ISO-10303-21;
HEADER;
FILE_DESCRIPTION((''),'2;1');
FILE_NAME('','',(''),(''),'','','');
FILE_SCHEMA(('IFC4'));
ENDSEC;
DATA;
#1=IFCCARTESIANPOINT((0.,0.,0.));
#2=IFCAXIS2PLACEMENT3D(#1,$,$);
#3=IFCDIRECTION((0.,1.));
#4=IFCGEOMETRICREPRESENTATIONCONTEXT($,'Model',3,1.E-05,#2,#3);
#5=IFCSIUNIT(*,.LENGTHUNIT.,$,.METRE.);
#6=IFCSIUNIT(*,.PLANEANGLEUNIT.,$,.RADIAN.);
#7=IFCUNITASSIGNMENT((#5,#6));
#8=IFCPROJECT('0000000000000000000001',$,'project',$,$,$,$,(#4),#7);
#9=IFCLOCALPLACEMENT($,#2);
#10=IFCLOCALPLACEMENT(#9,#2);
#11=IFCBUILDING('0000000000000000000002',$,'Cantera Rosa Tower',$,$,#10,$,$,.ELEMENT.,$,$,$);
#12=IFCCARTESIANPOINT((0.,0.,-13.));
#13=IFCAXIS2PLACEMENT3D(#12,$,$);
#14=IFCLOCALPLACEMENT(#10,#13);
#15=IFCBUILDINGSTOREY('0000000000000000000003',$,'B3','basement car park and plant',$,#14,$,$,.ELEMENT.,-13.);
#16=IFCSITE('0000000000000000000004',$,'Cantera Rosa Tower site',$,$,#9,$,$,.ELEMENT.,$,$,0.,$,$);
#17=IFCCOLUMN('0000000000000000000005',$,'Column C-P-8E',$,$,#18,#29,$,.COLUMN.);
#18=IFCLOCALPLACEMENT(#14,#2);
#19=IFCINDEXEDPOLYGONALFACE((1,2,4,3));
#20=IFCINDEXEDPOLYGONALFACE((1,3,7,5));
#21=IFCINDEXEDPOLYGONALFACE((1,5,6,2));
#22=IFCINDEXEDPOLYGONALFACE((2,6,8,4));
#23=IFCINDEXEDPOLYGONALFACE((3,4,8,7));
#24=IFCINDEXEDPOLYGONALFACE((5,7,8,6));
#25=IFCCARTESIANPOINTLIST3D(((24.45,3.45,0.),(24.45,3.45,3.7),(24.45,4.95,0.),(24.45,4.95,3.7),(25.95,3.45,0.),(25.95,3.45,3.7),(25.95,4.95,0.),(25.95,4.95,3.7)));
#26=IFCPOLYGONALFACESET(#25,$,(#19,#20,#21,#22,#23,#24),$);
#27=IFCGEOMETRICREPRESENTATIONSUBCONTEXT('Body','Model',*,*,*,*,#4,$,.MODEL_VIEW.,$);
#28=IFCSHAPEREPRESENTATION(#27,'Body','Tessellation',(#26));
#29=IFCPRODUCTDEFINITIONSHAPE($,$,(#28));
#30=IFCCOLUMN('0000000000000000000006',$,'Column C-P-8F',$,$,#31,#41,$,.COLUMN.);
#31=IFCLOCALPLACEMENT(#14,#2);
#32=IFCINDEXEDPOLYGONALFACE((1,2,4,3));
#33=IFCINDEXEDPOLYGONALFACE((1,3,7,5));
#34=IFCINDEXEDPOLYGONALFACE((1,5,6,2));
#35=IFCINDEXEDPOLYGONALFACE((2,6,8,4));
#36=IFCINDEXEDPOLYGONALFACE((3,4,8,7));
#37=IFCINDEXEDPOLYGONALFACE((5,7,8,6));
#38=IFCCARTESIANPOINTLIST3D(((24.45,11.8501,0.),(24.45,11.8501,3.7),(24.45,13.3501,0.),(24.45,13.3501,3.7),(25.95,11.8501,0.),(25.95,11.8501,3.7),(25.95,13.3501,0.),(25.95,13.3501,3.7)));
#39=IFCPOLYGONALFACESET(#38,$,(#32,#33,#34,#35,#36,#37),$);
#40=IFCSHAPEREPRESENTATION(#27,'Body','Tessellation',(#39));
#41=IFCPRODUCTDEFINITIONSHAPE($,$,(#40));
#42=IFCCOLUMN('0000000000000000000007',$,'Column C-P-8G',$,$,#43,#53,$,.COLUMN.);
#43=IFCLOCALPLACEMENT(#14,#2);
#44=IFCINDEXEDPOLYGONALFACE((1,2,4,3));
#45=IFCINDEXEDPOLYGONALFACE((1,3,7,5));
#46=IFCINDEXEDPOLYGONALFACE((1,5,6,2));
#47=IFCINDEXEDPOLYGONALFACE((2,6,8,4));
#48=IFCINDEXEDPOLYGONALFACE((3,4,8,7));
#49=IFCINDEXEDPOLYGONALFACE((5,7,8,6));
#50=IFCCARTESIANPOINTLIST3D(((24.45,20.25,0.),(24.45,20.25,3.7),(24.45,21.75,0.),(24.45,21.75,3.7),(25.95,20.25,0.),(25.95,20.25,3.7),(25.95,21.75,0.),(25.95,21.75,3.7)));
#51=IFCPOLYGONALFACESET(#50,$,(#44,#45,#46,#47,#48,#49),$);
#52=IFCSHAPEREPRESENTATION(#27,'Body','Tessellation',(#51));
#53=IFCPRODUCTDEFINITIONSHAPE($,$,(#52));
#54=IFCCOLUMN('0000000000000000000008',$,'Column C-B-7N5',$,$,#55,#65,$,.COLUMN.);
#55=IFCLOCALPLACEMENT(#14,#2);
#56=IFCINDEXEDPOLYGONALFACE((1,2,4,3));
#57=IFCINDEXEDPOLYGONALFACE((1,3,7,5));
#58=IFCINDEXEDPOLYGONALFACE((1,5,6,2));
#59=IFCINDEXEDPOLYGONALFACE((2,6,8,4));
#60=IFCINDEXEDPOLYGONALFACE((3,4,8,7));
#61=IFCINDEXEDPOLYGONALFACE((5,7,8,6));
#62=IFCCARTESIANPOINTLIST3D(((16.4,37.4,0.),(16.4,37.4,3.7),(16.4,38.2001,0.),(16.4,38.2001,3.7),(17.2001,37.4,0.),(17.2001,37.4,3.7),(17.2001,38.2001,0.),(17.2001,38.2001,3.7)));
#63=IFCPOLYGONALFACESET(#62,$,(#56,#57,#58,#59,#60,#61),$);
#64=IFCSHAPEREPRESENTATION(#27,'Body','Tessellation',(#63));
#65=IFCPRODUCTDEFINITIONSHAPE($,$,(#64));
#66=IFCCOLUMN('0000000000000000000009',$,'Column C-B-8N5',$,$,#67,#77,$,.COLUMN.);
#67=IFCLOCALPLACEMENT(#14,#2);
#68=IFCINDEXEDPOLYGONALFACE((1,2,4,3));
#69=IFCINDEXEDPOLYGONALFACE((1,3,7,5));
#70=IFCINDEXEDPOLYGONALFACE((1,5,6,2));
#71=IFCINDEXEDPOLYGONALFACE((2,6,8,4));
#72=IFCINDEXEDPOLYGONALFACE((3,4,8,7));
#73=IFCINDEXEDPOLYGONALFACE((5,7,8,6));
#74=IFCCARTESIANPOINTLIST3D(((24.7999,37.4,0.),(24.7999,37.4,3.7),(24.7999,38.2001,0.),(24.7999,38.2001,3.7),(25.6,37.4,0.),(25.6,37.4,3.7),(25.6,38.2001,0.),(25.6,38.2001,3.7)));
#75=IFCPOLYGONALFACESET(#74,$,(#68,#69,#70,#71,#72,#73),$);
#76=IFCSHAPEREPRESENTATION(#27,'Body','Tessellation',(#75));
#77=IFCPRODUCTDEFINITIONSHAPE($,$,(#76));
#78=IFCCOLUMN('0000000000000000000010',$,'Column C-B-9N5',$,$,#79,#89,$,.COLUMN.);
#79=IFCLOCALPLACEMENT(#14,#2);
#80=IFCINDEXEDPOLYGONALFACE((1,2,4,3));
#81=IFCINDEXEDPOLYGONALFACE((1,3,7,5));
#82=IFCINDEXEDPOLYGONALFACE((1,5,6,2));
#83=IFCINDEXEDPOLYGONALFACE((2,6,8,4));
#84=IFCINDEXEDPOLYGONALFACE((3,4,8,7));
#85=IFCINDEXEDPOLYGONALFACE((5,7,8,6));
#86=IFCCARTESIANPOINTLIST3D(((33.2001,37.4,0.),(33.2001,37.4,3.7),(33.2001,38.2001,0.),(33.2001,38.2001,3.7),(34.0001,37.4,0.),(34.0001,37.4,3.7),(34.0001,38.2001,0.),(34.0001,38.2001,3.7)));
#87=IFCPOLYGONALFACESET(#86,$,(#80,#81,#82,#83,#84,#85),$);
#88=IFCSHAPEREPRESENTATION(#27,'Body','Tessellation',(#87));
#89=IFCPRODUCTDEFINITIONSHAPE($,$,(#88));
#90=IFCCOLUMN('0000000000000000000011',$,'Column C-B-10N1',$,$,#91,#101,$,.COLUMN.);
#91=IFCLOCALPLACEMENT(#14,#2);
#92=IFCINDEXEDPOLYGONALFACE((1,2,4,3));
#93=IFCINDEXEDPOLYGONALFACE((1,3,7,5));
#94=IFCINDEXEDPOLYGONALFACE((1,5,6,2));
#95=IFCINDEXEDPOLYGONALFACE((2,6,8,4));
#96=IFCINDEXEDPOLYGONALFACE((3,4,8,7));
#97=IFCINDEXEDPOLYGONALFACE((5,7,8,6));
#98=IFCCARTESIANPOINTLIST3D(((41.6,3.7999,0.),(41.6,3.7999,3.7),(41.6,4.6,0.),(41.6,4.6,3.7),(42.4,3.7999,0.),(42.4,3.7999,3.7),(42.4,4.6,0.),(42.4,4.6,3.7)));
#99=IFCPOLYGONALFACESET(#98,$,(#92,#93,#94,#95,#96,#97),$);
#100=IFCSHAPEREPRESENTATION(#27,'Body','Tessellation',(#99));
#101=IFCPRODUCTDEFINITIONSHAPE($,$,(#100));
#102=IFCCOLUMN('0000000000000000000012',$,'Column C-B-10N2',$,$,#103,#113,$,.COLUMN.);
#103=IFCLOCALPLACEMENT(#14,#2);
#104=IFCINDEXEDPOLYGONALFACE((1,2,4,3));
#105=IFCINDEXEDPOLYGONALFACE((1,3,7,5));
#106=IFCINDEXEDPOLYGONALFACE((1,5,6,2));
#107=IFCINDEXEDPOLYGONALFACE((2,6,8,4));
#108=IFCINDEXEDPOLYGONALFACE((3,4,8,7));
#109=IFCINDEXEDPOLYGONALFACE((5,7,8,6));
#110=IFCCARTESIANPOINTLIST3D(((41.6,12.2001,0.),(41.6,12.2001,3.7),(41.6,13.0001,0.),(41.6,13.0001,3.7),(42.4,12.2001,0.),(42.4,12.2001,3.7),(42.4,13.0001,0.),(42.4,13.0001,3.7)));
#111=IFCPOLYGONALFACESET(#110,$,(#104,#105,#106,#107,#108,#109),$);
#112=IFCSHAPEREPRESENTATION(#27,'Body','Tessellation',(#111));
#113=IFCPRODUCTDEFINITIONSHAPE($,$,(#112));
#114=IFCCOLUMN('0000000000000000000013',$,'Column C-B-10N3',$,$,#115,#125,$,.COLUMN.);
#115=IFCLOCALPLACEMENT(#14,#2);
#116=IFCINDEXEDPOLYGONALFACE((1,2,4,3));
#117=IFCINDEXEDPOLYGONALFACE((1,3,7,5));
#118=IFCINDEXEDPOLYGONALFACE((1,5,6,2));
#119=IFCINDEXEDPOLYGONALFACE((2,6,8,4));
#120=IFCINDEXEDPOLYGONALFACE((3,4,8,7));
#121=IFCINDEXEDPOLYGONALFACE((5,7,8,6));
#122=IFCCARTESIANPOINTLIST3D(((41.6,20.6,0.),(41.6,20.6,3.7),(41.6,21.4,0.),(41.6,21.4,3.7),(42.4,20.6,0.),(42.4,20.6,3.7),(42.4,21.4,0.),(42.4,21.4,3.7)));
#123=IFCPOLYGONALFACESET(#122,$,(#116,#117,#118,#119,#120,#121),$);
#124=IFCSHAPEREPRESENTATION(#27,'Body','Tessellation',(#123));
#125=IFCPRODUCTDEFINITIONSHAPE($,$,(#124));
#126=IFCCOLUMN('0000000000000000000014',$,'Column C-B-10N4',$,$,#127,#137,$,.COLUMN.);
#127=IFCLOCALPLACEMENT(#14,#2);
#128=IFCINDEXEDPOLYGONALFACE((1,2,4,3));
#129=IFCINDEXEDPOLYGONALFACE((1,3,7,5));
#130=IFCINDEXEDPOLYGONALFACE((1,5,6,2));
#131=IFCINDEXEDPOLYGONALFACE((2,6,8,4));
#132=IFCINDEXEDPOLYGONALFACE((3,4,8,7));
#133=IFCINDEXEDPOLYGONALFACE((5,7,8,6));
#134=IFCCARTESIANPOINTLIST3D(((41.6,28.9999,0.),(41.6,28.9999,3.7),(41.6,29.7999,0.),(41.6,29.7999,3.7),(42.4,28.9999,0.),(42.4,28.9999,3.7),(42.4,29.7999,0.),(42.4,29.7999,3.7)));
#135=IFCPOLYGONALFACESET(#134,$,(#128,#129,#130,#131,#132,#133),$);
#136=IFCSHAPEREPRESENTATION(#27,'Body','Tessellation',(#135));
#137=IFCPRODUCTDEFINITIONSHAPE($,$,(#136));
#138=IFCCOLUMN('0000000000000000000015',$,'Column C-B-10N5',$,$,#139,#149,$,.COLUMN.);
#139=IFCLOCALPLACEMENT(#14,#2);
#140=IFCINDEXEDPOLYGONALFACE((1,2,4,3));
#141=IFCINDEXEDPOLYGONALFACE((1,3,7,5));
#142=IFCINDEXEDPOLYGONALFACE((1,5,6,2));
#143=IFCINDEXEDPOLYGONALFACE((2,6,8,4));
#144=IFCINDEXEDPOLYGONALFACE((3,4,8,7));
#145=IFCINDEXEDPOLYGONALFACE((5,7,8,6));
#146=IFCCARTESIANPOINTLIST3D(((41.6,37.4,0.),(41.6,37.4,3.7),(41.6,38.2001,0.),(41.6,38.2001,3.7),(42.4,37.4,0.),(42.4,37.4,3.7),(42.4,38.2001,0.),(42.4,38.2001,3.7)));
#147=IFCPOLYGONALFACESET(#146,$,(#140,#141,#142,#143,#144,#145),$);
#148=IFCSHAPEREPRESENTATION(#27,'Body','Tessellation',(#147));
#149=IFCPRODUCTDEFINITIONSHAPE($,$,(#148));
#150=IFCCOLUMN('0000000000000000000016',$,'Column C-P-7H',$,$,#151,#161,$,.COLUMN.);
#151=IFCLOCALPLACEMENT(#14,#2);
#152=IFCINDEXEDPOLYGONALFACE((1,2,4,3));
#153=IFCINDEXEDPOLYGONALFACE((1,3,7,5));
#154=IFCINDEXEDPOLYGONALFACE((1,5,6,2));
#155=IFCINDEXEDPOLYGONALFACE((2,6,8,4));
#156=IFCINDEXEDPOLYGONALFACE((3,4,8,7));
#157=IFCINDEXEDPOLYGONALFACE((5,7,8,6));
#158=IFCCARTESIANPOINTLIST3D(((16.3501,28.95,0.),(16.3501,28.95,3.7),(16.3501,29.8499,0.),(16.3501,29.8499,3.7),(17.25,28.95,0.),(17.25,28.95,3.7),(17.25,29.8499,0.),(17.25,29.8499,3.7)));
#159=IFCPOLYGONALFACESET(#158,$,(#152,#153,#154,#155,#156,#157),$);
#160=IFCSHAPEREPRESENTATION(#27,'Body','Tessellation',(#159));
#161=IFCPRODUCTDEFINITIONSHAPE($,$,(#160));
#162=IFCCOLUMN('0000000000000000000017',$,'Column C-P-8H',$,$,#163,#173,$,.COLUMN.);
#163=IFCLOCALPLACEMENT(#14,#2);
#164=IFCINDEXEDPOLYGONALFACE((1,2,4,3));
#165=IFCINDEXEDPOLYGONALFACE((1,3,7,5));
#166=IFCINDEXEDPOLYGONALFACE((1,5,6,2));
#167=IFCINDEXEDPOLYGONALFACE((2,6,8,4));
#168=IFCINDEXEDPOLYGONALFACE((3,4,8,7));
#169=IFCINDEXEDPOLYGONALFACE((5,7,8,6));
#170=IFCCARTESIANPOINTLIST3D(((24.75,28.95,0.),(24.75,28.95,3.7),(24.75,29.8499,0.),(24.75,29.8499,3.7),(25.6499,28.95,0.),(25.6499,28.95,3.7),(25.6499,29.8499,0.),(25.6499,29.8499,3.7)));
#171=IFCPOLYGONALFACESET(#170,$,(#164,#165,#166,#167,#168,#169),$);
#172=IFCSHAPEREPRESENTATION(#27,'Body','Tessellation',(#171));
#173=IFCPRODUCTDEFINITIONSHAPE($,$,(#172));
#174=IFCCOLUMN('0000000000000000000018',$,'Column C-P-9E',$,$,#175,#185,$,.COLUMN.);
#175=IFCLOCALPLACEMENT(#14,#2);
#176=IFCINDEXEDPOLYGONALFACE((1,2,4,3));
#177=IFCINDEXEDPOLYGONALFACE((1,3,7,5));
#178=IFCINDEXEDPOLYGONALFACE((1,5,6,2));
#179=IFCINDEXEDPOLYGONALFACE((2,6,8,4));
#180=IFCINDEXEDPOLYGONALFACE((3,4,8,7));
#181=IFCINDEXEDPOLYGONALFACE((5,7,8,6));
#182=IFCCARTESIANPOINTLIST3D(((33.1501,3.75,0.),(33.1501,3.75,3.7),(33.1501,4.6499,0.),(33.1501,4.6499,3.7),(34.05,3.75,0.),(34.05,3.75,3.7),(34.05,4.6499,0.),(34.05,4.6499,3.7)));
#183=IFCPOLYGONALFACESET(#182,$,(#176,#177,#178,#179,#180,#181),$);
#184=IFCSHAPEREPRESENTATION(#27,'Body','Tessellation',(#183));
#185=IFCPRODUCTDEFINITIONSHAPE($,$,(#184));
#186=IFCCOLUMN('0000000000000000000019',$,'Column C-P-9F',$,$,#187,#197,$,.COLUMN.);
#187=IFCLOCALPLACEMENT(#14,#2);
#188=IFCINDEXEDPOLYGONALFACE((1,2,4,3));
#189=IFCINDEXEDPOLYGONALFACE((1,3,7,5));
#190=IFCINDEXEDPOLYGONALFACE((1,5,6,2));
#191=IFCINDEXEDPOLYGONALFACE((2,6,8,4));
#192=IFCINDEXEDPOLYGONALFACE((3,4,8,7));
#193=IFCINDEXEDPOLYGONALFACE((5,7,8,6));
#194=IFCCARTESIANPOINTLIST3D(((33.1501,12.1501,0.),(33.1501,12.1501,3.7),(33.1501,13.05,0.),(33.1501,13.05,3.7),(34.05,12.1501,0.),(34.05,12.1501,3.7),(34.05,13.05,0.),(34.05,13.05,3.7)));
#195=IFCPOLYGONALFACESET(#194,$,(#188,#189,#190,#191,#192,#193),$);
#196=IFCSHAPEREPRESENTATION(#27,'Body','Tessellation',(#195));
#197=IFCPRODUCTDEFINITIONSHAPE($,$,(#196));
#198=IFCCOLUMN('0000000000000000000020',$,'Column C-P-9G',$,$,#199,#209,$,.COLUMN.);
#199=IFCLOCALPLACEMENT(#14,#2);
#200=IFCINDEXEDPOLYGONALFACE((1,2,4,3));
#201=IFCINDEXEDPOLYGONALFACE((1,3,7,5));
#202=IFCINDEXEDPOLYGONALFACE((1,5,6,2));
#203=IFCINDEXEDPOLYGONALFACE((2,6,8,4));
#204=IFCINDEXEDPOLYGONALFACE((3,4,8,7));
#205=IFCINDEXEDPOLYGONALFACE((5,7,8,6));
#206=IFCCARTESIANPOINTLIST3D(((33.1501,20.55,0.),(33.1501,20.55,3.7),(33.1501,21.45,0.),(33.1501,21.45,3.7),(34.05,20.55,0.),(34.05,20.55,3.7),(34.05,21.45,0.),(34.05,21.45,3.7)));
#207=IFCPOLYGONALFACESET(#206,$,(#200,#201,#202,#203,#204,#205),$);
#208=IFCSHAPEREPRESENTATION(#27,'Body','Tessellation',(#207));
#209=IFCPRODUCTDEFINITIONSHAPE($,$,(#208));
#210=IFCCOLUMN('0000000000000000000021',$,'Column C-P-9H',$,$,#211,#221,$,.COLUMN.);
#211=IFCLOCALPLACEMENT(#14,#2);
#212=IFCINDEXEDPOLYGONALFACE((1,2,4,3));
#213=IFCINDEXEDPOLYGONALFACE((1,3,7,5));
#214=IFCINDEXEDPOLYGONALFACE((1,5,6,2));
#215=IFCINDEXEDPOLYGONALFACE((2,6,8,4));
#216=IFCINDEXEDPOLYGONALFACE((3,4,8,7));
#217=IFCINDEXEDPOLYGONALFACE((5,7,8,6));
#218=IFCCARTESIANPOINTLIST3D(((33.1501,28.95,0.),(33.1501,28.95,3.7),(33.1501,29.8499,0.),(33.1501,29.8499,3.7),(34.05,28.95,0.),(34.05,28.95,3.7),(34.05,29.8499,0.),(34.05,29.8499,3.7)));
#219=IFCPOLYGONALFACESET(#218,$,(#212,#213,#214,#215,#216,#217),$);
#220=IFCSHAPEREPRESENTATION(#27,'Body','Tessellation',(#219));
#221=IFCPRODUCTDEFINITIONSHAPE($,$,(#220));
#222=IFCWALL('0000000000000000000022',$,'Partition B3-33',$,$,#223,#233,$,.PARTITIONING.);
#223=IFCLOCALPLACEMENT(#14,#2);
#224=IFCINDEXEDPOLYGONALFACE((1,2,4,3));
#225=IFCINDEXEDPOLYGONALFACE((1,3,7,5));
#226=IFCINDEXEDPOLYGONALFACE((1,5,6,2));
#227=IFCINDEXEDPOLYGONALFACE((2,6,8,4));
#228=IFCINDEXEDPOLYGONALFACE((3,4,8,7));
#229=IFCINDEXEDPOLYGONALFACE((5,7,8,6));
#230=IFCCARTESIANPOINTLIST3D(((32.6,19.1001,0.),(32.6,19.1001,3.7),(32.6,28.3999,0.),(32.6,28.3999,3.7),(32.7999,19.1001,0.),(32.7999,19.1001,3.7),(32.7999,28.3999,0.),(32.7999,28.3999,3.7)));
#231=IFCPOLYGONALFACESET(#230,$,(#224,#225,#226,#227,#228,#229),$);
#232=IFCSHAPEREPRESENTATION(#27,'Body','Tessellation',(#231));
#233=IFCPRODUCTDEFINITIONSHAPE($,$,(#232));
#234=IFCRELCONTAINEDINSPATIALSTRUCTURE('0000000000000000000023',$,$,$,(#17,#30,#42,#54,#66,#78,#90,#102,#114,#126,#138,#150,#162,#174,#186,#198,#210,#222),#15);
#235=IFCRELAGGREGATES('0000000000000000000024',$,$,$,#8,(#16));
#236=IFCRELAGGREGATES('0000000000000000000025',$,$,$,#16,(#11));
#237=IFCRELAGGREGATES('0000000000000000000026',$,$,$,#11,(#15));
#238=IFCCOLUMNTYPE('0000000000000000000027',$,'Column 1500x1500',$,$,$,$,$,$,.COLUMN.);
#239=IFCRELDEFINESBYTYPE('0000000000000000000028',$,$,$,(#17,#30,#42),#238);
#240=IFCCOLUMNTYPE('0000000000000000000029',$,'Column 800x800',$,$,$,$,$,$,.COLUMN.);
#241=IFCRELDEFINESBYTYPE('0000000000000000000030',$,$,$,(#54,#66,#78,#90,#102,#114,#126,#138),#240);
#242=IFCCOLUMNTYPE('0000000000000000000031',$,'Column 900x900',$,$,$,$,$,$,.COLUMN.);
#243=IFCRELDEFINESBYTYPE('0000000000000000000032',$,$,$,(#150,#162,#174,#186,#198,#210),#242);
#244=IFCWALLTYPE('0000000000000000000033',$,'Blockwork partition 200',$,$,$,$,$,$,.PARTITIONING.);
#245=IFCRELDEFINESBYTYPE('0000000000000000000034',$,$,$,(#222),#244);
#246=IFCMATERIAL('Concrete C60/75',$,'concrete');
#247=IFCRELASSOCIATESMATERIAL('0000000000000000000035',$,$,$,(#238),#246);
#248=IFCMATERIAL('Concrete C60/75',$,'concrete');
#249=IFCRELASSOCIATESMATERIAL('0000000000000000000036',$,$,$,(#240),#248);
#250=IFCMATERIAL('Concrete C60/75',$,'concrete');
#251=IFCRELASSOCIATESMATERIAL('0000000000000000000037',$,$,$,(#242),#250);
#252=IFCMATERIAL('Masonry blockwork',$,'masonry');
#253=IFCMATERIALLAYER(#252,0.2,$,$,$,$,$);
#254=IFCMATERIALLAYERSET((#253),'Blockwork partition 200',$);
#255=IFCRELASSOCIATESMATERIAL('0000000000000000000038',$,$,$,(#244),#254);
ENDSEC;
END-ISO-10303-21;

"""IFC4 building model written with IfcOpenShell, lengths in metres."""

from ifc_helpers import new_model, si_unit, direction, frame, frame_2d, origin, origin_2d, place, context, subcontext, project, spatial, rectangle, extrude, material, layer, layer_set, material_profile, profile_set, type_object, element, save


model = new_model("IFC4")

# Units and contexts
model_context = context("Model", 3, precision=1e-05, world=origin(), true_north=direction((0.0, 1.0)))
body_context = subcontext(model_context, "Body", "Model", "MODEL_VIEW")
ifc_project = project(units=[si_unit("LENGTHUNIT", "METRE"), si_unit("PLANEANGLEUNIT", "RADIAN")], contexts=[model_context])

# Site, building, storey
site_placement = place(None, origin())
site = spatial("IfcSite", under=ifc_project, at=site_placement, Name="Cantera Rosa Tower site", CompositionType="ELEMENT", RefElevation=0.0)
building_placement = place(site_placement, origin())
building = spatial("IfcBuilding", under=site, at=building_placement, Name="Cantera Rosa Tower", CompositionType="ELEMENT")
storey_placement = place(building_placement, frame((0.0, 0.0, -13.0)))
storey = spatial("IfcBuildingStorey", under=building, at=storey_placement, Name="B3", Description="basement car park and plant", CompositionType="ELEMENT", Elevation=-13.0)

# Columns
ifc_material_1 = material(Name="Concrete C60/75", Category="concrete")
ifc_material_profile_1 = material_profile(ifc_material_1, rectangle(XDim=1.5, YDim=1.5, at=origin_2d()), Name="Column 1500x1500")
ifc_profile_set_1 = profile_set([ifc_material_profile_1], Name="Concrete C60/75")
column_type_1 = type_object("IfcColumnType", Name="Column 1500x1500", PredefinedType="COLUMN", material=ifc_profile_set_1)
for number, where, z_axis, x_axis, name in (
    (1, (25.2, 4.2, 0.0), (0.0, 0.0, 1.0), (1.0, 0.0, 0.0), "Column C-P-8E"),
    (2, (25.2, 12.6001, 0.0), (0.0, 0.0, 1.0), (1.0, 0.0, 0.0), "Column C-P-8F"),
    (3, (25.2, 21.0, 0.0), (0.0, 0.0, 1.0), (1.0, 0.0, 0.0), "Column C-P-8G"),
):
    element("IfcColumn", number, at=place(storey_placement, frame(where, z_axis=z_axis, x_axis=x_axis)), inside=storey, type_object=column_type_1, Name=name, PredefinedType="COLUMN", context=body_context, shape_type="SweptSolid", body=[
        extrude(rectangle(XDim=1.5, YDim=1.5, at=origin_2d()), origin(), (0.0, 0.0, 1.0), 3.7),
    ])
ifc_material_2 = material(Name="Concrete C60/75", Category="concrete")
ifc_material_profile_2 = material_profile(ifc_material_2, rectangle(XDim=0.8, YDim=0.8, at=origin_2d()), Name="Column 800x800")
ifc_profile_set_2 = profile_set([ifc_material_profile_2], Name="Concrete C60/75")
column_type_2 = type_object("IfcColumnType", Name="Column 800x800", PredefinedType="COLUMN", material=ifc_profile_set_2)
for number, where, z_axis, x_axis, name in (
    (4, (16.8, 37.8, 0.0), (0.0, 0.0, 1.0), (1.0, 0.0, 0.0), "Column C-B-7N5"),
    (5, (25.2, 37.8, 0.0), (0.0, 0.0, 1.0), (1.0, 0.0, 0.0), "Column C-B-8N5"),
    (6, (33.6001, 37.8, 0.0), (0.0, 0.0, 1.0), (1.0, 0.0, 0.0), "Column C-B-9N5"),
    (7, (42.0, 4.2, 0.0), (0.0, 0.0, 1.0), (1.0, 0.0, 0.0), "Column C-B-10N1"),
    (8, (42.0, 12.6001, 0.0), (0.0, 0.0, 1.0), (1.0, 0.0, 0.0), "Column C-B-10N2"),
    (9, (42.0, 21.0, 0.0), (0.0, 0.0, 1.0), (1.0, 0.0, 0.0), "Column C-B-10N3"),
    (10, (42.0, 29.3999, 0.0), (0.0, 0.0, 1.0), (1.0, 0.0, 0.0), "Column C-B-10N4"),
    (11, (42.0, 37.8, 0.0), (0.0, 0.0, 1.0), (1.0, 0.0, 0.0), "Column C-B-10N5"),
):
    element("IfcColumn", number, at=place(storey_placement, frame(where, z_axis=z_axis, x_axis=x_axis)), inside=storey, type_object=column_type_2, Name=name, PredefinedType="COLUMN", context=body_context, shape_type="SweptSolid", body=[
        extrude(rectangle(XDim=0.8, YDim=0.8, at=origin_2d()), origin(), (0.0, 0.0, 1.0), 3.7),
    ])
ifc_material_3 = material(Name="Concrete C60/75", Category="concrete")
ifc_material_profile_3 = material_profile(ifc_material_3, rectangle(XDim=0.8999, YDim=0.8999, at=origin_2d()), Name="Column 900x900")
ifc_profile_set_3 = profile_set([ifc_material_profile_3], Name="Concrete C60/75")
column_type_3 = type_object("IfcColumnType", Name="Column 900x900", PredefinedType="COLUMN", material=ifc_profile_set_3)
for number, where, z_axis, x_axis, name in (
    (12, (16.8, 29.3999, 0.0), (0.0, 0.0, 1.0), (1.0, 0.0, 0.0), "Column C-P-7H"),
    (13, (25.2, 29.3999, 0.0), (0.0, 0.0, 1.0), (1.0, 0.0, 0.0), "Column C-P-8H"),
    (14, (33.6001, 4.2, 0.0), (0.0, 0.0, 1.0), (1.0, 0.0, 0.0), "Column C-P-9E"),
    (15, (33.6001, 12.6001, 0.0), (0.0, 0.0, 1.0), (1.0, 0.0, 0.0), "Column C-P-9F"),
    (16, (33.6001, 21.0, 0.0), (0.0, 0.0, 1.0), (1.0, 0.0, 0.0), "Column C-P-9G"),
    (17, (33.6001, 29.3999, 0.0), (0.0, 0.0, 1.0), (1.0, 0.0, 0.0), "Column C-P-9H"),
):
    element("IfcColumn", number, at=place(storey_placement, frame(where, z_axis=z_axis, x_axis=x_axis)), inside=storey, type_object=column_type_3, Name=name, PredefinedType="COLUMN", context=body_context, shape_type="SweptSolid", body=[
        extrude(rectangle(XDim=0.8999, YDim=0.8999, at=origin_2d()), origin(), (0.0, 0.0, 1.0), 3.7),
    ])

# Wall
ifc_material_4 = material(Name="Masonry blockwork", Category="masonry")
ifc_layer_1 = layer(ifc_material_4, 0.2)
ifc_layer_set_1 = layer_set([ifc_layer_1], Name="Blockwork partition 200")
wall_type_1 = type_object("IfcWallType", Name="Blockwork partition 200", PredefinedType="PARTITIONING", material=ifc_layer_set_1)
wall_1_placement = place(storey_placement, frame((32.7, 19.1001, 0.0), z_axis=(0.0, 0.0, 1.0), x_axis=(0.0, 1.0, 0.0)))
element("IfcWall", 18, at=wall_1_placement, inside=storey, type_object=wall_type_1, Name="Partition B3-33", PredefinedType="PARTITIONING", context=body_context, shape_type="SweptSolid", body=[
    extrude(rectangle(XDim=9.2998, YDim=0.2, at=frame_2d((4.6499, 0.0))), origin(), (0.0, 0.0, 1.0), 3.7),
])

save(model, "model.ifc")
